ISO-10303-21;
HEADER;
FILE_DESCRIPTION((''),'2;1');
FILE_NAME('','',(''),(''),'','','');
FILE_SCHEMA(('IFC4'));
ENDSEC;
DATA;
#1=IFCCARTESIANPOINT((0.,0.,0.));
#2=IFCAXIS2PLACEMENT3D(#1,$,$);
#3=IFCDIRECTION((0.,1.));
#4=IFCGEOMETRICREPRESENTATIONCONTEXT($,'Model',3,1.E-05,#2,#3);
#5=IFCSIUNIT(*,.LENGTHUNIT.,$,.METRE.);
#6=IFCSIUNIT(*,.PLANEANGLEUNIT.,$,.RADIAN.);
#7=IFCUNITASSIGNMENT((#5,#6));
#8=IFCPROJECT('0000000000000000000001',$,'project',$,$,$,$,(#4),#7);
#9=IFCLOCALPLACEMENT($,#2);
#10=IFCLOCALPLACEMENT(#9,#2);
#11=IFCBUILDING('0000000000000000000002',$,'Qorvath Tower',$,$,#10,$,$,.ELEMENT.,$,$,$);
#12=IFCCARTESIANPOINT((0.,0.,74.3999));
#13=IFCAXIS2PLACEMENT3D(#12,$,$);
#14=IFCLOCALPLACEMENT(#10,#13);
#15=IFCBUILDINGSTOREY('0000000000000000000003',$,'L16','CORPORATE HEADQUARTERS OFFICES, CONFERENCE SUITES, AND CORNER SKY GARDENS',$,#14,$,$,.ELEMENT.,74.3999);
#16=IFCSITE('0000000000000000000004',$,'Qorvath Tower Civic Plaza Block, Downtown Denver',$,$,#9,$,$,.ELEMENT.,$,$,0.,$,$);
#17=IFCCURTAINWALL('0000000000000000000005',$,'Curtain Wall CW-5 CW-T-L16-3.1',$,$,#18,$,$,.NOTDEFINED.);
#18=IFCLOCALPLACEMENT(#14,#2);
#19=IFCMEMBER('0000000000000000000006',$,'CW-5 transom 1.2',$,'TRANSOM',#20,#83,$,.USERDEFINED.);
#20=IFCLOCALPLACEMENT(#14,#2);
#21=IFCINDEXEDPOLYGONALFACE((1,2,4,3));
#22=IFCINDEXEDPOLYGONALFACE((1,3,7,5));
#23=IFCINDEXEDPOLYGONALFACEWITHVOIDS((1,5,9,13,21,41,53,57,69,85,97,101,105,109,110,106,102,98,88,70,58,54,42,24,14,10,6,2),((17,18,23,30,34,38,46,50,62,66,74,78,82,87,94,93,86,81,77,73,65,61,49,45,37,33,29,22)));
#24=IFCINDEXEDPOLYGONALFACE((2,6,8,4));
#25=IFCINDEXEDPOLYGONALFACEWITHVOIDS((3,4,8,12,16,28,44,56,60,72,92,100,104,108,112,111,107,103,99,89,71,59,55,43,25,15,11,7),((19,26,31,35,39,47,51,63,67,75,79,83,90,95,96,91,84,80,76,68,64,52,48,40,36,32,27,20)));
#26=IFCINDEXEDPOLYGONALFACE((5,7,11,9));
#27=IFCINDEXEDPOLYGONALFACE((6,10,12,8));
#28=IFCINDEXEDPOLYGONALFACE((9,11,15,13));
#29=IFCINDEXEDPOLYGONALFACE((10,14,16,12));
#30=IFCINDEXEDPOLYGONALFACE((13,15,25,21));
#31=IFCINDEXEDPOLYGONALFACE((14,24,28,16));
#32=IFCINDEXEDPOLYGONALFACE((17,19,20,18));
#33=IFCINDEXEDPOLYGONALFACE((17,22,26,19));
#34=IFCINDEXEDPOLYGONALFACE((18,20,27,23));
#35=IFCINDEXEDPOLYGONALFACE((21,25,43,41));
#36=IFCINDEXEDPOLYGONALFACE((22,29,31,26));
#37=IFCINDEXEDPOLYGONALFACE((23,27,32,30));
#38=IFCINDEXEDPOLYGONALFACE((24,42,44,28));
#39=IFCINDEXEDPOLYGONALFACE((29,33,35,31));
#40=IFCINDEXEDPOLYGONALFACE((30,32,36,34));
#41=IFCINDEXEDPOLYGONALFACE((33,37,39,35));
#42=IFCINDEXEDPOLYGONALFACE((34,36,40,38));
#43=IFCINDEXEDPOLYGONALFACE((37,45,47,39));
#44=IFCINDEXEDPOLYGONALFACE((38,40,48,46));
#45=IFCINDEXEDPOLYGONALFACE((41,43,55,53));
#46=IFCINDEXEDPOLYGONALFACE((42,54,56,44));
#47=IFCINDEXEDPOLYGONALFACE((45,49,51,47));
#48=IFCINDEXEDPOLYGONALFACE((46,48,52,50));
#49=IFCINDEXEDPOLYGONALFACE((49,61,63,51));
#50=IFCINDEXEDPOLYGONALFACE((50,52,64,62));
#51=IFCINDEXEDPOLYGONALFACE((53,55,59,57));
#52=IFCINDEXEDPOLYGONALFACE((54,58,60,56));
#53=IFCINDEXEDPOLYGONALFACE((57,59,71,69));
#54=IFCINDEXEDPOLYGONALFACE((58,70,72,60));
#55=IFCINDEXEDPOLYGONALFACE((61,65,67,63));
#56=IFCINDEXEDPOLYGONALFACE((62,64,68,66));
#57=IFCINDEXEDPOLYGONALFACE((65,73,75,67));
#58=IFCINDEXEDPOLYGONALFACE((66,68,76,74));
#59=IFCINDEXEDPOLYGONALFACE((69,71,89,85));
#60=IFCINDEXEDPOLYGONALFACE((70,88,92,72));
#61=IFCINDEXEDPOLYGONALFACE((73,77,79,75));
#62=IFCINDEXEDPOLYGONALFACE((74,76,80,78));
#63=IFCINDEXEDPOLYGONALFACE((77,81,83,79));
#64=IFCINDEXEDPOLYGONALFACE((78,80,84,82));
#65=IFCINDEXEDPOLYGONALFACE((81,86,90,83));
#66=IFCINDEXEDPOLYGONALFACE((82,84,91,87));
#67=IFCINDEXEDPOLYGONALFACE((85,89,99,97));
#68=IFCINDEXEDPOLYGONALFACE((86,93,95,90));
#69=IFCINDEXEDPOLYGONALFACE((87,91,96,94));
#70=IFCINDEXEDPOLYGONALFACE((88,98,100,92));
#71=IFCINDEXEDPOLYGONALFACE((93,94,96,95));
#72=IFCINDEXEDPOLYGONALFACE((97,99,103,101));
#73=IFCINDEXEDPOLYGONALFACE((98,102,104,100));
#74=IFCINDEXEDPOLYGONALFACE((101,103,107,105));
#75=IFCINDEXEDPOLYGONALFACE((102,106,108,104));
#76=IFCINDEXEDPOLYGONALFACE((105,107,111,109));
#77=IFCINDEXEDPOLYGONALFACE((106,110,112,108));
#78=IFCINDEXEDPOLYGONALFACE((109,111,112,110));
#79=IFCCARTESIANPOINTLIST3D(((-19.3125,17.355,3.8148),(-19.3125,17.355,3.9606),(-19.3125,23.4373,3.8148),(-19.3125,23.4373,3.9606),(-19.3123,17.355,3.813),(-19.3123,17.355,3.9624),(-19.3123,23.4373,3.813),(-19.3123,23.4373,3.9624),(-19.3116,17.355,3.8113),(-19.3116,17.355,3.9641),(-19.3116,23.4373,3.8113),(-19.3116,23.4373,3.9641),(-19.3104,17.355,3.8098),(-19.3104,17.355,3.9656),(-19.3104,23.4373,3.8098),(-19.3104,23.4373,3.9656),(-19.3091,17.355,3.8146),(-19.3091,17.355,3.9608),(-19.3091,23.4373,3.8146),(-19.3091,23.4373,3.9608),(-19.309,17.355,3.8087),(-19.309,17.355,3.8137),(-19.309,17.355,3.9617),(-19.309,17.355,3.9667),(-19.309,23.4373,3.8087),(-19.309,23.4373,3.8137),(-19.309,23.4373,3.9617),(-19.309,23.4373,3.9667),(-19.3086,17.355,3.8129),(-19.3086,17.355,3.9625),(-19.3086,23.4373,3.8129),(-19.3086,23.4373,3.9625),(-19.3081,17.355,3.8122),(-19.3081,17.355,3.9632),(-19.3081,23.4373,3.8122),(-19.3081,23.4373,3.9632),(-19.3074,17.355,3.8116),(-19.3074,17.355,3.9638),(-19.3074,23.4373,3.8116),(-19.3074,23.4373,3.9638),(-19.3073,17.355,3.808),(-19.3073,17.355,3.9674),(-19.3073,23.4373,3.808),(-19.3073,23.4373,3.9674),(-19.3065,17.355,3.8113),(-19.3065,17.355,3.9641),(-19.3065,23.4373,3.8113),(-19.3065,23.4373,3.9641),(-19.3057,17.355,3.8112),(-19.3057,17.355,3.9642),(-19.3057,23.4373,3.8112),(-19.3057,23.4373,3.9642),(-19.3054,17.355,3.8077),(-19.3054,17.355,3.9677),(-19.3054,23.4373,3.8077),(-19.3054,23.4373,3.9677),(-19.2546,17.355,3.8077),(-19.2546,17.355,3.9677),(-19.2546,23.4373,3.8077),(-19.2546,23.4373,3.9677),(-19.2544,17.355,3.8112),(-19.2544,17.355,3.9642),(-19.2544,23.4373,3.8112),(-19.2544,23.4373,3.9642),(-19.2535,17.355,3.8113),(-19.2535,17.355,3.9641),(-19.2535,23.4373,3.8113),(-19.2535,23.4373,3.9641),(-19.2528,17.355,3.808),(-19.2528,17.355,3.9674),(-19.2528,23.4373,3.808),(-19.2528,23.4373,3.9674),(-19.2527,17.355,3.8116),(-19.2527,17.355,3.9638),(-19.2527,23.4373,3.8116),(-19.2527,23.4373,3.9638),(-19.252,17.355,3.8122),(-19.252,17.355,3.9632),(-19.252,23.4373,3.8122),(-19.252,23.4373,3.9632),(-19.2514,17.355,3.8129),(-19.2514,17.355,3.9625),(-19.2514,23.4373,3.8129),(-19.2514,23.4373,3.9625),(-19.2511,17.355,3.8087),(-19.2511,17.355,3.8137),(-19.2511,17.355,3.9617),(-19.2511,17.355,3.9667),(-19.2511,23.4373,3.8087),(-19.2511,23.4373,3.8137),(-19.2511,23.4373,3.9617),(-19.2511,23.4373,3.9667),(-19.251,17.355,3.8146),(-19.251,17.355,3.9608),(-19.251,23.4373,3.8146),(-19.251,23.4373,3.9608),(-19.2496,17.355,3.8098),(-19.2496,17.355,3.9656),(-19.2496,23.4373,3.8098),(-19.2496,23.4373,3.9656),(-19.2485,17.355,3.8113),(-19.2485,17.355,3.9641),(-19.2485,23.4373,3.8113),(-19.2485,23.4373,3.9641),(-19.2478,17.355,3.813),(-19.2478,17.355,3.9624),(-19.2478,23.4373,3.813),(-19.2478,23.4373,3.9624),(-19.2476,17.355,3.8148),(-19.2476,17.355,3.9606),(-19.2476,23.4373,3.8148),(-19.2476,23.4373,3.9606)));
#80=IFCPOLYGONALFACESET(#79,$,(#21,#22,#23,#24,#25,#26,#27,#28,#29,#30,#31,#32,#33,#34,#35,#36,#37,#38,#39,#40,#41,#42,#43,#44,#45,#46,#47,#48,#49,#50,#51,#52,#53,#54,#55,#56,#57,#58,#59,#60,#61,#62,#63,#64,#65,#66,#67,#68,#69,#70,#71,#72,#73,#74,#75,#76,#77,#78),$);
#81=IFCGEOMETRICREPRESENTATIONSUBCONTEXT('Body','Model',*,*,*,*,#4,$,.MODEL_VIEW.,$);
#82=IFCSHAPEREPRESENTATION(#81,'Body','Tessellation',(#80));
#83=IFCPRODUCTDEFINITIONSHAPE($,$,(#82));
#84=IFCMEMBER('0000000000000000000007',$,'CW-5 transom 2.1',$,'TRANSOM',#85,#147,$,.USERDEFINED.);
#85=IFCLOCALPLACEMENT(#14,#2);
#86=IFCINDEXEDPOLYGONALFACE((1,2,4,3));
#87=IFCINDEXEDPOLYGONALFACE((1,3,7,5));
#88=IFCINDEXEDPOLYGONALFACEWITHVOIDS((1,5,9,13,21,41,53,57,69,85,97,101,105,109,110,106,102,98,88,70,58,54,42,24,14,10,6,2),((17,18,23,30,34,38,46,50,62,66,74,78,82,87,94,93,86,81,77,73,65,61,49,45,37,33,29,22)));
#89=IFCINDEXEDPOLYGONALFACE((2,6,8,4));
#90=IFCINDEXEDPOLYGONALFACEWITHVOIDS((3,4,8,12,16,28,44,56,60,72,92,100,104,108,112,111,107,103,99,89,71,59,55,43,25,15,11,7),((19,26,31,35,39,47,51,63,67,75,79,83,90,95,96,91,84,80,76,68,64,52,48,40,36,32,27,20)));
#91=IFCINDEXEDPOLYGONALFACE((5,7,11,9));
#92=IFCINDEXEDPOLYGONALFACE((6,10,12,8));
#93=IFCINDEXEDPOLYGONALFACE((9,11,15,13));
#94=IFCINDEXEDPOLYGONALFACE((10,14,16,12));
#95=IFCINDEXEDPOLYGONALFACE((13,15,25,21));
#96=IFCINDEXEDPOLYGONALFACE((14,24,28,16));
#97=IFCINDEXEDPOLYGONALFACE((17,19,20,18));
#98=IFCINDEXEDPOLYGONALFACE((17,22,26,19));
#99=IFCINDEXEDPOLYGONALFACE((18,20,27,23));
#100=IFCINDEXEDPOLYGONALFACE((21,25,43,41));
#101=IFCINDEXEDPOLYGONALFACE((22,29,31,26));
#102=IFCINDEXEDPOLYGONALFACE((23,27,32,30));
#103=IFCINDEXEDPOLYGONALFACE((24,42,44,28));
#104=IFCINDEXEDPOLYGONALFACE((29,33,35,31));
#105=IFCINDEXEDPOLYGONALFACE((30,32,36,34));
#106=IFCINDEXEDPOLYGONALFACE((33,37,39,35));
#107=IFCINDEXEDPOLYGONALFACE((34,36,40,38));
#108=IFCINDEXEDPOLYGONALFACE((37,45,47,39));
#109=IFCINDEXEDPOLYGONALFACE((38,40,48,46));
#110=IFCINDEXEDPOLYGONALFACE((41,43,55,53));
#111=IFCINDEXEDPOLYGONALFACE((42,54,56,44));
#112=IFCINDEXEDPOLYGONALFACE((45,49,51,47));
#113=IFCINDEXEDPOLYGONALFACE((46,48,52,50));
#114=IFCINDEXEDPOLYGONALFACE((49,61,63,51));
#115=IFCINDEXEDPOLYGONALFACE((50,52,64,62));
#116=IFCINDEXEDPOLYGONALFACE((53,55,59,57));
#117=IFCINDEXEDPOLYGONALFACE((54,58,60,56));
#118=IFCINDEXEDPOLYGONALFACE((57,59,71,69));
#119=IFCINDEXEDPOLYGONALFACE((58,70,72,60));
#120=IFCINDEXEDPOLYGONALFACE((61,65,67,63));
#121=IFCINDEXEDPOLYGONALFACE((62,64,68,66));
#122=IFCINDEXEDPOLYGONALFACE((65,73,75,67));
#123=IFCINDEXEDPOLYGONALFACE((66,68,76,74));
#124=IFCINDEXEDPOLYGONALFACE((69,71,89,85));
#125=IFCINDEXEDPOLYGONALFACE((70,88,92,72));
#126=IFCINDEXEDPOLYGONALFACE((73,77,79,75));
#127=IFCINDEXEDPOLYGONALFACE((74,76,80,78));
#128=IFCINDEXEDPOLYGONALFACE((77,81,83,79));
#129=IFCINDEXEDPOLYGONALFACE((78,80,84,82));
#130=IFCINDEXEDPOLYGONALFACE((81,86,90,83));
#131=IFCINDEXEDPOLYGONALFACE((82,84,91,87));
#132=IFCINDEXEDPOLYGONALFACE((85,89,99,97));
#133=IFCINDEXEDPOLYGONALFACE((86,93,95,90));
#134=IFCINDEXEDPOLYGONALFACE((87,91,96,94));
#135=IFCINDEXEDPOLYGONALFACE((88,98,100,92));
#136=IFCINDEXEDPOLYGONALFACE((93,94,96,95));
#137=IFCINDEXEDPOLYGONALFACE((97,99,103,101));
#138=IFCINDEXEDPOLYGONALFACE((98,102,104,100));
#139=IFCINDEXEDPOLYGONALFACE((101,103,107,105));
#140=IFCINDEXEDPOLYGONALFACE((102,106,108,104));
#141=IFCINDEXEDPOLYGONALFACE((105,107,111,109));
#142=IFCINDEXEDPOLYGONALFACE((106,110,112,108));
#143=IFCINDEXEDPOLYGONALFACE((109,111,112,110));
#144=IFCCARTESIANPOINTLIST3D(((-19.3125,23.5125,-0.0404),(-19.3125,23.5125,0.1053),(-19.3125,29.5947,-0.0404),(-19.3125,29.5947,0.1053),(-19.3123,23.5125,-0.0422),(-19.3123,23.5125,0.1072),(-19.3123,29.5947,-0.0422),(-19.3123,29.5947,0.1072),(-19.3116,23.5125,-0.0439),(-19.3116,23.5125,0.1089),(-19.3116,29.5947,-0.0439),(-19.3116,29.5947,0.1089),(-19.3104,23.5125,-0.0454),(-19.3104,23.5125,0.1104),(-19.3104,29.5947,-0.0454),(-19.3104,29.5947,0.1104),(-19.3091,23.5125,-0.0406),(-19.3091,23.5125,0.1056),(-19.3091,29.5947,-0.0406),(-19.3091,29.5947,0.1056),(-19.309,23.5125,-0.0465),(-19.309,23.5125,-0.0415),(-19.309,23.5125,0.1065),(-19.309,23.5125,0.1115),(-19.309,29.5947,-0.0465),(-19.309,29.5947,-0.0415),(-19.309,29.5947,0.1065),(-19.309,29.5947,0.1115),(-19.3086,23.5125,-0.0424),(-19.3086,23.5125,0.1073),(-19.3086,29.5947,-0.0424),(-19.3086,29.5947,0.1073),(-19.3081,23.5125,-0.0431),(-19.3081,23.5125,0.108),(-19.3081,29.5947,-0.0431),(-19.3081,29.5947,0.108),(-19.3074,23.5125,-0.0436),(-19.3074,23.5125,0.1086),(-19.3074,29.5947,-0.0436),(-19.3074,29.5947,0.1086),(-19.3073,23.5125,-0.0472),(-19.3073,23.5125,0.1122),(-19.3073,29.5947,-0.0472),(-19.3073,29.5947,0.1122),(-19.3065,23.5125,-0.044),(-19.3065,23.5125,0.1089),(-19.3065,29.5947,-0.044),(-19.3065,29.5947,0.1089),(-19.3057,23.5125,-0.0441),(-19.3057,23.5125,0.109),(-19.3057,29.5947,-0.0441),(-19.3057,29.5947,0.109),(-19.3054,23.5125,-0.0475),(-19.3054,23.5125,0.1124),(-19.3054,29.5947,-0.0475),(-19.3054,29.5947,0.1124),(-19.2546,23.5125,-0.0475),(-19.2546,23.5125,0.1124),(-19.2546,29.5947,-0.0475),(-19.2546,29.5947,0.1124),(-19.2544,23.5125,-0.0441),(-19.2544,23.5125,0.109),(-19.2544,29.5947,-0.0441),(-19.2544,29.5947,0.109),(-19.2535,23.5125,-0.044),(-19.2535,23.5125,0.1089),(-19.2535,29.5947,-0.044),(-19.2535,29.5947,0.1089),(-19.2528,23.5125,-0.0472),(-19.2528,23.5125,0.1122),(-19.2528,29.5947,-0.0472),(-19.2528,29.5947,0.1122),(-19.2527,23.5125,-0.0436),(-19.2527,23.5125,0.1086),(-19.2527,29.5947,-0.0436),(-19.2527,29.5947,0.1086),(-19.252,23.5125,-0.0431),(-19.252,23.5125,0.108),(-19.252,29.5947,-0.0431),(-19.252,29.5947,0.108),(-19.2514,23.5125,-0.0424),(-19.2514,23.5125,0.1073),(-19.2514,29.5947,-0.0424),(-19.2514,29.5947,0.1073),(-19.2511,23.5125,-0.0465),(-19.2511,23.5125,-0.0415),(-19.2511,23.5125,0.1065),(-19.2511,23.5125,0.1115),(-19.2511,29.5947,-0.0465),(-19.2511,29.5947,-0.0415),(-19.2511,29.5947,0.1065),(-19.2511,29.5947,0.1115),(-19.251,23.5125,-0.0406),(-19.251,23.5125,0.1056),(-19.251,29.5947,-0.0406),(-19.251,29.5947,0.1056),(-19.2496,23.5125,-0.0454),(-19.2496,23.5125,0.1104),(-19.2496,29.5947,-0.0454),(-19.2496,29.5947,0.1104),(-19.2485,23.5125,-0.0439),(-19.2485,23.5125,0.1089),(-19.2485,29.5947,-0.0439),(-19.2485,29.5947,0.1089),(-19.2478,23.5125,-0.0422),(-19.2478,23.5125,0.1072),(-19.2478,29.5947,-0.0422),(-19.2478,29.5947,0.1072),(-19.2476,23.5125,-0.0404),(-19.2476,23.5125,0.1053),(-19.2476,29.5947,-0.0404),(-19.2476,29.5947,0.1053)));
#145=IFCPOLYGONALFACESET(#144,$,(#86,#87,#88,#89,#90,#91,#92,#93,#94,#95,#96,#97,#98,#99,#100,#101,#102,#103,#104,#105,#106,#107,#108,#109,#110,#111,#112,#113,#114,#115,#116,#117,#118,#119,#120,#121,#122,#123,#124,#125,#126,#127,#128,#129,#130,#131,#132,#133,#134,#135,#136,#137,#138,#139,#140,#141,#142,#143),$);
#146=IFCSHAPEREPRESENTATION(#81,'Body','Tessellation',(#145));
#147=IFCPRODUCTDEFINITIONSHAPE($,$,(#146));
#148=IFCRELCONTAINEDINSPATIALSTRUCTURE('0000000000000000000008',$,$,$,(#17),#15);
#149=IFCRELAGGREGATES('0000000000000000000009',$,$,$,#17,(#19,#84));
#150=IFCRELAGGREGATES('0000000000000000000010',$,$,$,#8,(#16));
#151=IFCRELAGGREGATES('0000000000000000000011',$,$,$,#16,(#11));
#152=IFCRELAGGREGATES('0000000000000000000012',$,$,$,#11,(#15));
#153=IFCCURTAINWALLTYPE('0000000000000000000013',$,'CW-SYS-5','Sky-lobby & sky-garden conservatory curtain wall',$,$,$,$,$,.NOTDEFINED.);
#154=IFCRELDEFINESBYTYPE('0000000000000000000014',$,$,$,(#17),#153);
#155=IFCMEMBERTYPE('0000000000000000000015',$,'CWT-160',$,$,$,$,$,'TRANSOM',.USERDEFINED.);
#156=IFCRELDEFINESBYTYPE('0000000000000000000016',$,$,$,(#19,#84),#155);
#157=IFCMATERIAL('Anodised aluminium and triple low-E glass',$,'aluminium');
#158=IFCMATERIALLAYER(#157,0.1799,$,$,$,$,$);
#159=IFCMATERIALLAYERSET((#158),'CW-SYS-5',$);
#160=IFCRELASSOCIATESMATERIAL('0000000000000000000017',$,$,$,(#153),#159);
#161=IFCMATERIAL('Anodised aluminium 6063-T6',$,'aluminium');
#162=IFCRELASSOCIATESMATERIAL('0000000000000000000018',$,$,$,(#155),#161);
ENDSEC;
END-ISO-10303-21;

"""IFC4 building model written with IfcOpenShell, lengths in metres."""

from ifc_helpers import new_model, si_unit, direction, frame, origin, origin_2d, place, context, subcontext, project, spatial, hollow_rectangle, extrude, material, layer, layer_set, material_profile, profile_set, type_object, element, aggregate, save


model = new_model("IFC4")

# Units and contexts
model_context = context("Model", 3, precision=1e-05, world=origin(), true_north=direction((0.0, 1.0)))
body_context = subcontext(model_context, "Body", "Model", "MODEL_VIEW")
ifc_project = project(units=[si_unit("LENGTHUNIT", "METRE"), si_unit("PLANEANGLEUNIT", "RADIAN")], contexts=[model_context])

# Site, building, storey
site_placement = place(None, origin())
site = spatial("IfcSite", under=ifc_project, at=site_placement, Name="Qorvath Tower Civic Plaza Block, Downtown Denver", CompositionType="ELEMENT", RefElevation=0.0)
building_placement = place(site_placement, origin())
building = spatial("IfcBuilding", under=site, at=building_placement, Name="Qorvath Tower", CompositionType="ELEMENT")
storey_placement = place(building_placement, frame((0.0, 0.0, 74.3999)))
storey = spatial("IfcBuildingStorey", under=building, at=storey_placement, Name="L16", Description="CORPORATE HEADQUARTERS OFFICES, CONFERENCE SUITES, AND CORNER SKY GARDENS", CompositionType="ELEMENT", Elevation=74.3999)

# Shared definitions
ifc_material_1 = material(Name="Anodised aluminium and triple low-E glass", Category="aluminium")
ifc_layer_1 = layer(ifc_material_1, 0.1799)
ifc_layer_set_1 = layer_set([ifc_layer_1], Name="CW-SYS-5")
curtain_wall_type = type_object("IfcCurtainWallType", Name="CW-SYS-5", Description="Sky-lobby & sky-garden conservatory curtain wall", PredefinedType="NOTDEFINED", material=ifc_layer_set_1)

# Curtain wall
curtain_wall_1_placement = place(storey_placement, origin())
curtain_wall_1 = element("IfcCurtainWall", 1, at=curtain_wall_1_placement, inside=storey, type_object=curtain_wall_type, Name="Curtain Wall CW-5 CW-T-L16-3.1", PredefinedType="NOTDEFINED")

# Members
ifc_material_2 = material(Name="Anodised aluminium 6063-T6", Category="aluminium")
ifc_material_profile_1 = material_profile(ifc_material_2, hollow_rectangle(XDim=0.0649, YDim=0.1599, WallThickness=0.0034, InnerFilletRadius=0.0034, OuterFilletRadius=0.0071, at=origin_2d()), Name="CWT 160x65")
ifc_profile_set_1 = profile_set([ifc_material_profile_1], Name="Anodised aluminium 6063-T6")
member_type_1 = type_object("IfcMemberType", Name="CWT-160", ElementType="TRANSOM", PredefinedType="USERDEFINED", material=ifc_profile_set_1)
member_1_placement = place(storey_placement, frame((-19.28, 17.355, 3.8877), z_axis=(0.0, 1.0, 0.0), x_axis=(-1.0, 0.0, 0.0)))
member_1 = element("IfcMember", 2, at=member_1_placement, type_object=member_type_1, Name="CW-5 transom 1.2", ObjectType="TRANSOM", PredefinedType="USERDEFINED", context=body_context, shape_type="SweptSolid", body=[
    extrude(hollow_rectangle(XDim=0.0649, YDim=0.1599, WallThickness=0.0034, InnerFilletRadius=0.0034, OuterFilletRadius=0.0071, at=origin_2d()), origin(), (0.0, 0.0, 1.0), 6.0823),
])
member_2_placement = place(storey_placement, frame((-19.28, 23.5125, 0.0325), z_axis=(0.0, 1.0, 0.0), x_axis=(-1.0, 0.0, 0.0)))
member_2 = element("IfcMember", 3, at=member_2_placement, type_object=member_type_1, Name="CW-5 transom 2.1", ObjectType="TRANSOM", PredefinedType="USERDEFINED", context=body_context, shape_type="SweptSolid", body=[
    extrude(hollow_rectangle(XDim=0.0649, YDim=0.1599, WallThickness=0.0034, InnerFilletRadius=0.0034, OuterFilletRadius=0.0071, at=origin_2d()), origin(), (0.0, 0.0, 1.0), 6.0823),
])

aggregate(curtain_wall_1, [member_1, member_2])

save(model, "model.ifc")
